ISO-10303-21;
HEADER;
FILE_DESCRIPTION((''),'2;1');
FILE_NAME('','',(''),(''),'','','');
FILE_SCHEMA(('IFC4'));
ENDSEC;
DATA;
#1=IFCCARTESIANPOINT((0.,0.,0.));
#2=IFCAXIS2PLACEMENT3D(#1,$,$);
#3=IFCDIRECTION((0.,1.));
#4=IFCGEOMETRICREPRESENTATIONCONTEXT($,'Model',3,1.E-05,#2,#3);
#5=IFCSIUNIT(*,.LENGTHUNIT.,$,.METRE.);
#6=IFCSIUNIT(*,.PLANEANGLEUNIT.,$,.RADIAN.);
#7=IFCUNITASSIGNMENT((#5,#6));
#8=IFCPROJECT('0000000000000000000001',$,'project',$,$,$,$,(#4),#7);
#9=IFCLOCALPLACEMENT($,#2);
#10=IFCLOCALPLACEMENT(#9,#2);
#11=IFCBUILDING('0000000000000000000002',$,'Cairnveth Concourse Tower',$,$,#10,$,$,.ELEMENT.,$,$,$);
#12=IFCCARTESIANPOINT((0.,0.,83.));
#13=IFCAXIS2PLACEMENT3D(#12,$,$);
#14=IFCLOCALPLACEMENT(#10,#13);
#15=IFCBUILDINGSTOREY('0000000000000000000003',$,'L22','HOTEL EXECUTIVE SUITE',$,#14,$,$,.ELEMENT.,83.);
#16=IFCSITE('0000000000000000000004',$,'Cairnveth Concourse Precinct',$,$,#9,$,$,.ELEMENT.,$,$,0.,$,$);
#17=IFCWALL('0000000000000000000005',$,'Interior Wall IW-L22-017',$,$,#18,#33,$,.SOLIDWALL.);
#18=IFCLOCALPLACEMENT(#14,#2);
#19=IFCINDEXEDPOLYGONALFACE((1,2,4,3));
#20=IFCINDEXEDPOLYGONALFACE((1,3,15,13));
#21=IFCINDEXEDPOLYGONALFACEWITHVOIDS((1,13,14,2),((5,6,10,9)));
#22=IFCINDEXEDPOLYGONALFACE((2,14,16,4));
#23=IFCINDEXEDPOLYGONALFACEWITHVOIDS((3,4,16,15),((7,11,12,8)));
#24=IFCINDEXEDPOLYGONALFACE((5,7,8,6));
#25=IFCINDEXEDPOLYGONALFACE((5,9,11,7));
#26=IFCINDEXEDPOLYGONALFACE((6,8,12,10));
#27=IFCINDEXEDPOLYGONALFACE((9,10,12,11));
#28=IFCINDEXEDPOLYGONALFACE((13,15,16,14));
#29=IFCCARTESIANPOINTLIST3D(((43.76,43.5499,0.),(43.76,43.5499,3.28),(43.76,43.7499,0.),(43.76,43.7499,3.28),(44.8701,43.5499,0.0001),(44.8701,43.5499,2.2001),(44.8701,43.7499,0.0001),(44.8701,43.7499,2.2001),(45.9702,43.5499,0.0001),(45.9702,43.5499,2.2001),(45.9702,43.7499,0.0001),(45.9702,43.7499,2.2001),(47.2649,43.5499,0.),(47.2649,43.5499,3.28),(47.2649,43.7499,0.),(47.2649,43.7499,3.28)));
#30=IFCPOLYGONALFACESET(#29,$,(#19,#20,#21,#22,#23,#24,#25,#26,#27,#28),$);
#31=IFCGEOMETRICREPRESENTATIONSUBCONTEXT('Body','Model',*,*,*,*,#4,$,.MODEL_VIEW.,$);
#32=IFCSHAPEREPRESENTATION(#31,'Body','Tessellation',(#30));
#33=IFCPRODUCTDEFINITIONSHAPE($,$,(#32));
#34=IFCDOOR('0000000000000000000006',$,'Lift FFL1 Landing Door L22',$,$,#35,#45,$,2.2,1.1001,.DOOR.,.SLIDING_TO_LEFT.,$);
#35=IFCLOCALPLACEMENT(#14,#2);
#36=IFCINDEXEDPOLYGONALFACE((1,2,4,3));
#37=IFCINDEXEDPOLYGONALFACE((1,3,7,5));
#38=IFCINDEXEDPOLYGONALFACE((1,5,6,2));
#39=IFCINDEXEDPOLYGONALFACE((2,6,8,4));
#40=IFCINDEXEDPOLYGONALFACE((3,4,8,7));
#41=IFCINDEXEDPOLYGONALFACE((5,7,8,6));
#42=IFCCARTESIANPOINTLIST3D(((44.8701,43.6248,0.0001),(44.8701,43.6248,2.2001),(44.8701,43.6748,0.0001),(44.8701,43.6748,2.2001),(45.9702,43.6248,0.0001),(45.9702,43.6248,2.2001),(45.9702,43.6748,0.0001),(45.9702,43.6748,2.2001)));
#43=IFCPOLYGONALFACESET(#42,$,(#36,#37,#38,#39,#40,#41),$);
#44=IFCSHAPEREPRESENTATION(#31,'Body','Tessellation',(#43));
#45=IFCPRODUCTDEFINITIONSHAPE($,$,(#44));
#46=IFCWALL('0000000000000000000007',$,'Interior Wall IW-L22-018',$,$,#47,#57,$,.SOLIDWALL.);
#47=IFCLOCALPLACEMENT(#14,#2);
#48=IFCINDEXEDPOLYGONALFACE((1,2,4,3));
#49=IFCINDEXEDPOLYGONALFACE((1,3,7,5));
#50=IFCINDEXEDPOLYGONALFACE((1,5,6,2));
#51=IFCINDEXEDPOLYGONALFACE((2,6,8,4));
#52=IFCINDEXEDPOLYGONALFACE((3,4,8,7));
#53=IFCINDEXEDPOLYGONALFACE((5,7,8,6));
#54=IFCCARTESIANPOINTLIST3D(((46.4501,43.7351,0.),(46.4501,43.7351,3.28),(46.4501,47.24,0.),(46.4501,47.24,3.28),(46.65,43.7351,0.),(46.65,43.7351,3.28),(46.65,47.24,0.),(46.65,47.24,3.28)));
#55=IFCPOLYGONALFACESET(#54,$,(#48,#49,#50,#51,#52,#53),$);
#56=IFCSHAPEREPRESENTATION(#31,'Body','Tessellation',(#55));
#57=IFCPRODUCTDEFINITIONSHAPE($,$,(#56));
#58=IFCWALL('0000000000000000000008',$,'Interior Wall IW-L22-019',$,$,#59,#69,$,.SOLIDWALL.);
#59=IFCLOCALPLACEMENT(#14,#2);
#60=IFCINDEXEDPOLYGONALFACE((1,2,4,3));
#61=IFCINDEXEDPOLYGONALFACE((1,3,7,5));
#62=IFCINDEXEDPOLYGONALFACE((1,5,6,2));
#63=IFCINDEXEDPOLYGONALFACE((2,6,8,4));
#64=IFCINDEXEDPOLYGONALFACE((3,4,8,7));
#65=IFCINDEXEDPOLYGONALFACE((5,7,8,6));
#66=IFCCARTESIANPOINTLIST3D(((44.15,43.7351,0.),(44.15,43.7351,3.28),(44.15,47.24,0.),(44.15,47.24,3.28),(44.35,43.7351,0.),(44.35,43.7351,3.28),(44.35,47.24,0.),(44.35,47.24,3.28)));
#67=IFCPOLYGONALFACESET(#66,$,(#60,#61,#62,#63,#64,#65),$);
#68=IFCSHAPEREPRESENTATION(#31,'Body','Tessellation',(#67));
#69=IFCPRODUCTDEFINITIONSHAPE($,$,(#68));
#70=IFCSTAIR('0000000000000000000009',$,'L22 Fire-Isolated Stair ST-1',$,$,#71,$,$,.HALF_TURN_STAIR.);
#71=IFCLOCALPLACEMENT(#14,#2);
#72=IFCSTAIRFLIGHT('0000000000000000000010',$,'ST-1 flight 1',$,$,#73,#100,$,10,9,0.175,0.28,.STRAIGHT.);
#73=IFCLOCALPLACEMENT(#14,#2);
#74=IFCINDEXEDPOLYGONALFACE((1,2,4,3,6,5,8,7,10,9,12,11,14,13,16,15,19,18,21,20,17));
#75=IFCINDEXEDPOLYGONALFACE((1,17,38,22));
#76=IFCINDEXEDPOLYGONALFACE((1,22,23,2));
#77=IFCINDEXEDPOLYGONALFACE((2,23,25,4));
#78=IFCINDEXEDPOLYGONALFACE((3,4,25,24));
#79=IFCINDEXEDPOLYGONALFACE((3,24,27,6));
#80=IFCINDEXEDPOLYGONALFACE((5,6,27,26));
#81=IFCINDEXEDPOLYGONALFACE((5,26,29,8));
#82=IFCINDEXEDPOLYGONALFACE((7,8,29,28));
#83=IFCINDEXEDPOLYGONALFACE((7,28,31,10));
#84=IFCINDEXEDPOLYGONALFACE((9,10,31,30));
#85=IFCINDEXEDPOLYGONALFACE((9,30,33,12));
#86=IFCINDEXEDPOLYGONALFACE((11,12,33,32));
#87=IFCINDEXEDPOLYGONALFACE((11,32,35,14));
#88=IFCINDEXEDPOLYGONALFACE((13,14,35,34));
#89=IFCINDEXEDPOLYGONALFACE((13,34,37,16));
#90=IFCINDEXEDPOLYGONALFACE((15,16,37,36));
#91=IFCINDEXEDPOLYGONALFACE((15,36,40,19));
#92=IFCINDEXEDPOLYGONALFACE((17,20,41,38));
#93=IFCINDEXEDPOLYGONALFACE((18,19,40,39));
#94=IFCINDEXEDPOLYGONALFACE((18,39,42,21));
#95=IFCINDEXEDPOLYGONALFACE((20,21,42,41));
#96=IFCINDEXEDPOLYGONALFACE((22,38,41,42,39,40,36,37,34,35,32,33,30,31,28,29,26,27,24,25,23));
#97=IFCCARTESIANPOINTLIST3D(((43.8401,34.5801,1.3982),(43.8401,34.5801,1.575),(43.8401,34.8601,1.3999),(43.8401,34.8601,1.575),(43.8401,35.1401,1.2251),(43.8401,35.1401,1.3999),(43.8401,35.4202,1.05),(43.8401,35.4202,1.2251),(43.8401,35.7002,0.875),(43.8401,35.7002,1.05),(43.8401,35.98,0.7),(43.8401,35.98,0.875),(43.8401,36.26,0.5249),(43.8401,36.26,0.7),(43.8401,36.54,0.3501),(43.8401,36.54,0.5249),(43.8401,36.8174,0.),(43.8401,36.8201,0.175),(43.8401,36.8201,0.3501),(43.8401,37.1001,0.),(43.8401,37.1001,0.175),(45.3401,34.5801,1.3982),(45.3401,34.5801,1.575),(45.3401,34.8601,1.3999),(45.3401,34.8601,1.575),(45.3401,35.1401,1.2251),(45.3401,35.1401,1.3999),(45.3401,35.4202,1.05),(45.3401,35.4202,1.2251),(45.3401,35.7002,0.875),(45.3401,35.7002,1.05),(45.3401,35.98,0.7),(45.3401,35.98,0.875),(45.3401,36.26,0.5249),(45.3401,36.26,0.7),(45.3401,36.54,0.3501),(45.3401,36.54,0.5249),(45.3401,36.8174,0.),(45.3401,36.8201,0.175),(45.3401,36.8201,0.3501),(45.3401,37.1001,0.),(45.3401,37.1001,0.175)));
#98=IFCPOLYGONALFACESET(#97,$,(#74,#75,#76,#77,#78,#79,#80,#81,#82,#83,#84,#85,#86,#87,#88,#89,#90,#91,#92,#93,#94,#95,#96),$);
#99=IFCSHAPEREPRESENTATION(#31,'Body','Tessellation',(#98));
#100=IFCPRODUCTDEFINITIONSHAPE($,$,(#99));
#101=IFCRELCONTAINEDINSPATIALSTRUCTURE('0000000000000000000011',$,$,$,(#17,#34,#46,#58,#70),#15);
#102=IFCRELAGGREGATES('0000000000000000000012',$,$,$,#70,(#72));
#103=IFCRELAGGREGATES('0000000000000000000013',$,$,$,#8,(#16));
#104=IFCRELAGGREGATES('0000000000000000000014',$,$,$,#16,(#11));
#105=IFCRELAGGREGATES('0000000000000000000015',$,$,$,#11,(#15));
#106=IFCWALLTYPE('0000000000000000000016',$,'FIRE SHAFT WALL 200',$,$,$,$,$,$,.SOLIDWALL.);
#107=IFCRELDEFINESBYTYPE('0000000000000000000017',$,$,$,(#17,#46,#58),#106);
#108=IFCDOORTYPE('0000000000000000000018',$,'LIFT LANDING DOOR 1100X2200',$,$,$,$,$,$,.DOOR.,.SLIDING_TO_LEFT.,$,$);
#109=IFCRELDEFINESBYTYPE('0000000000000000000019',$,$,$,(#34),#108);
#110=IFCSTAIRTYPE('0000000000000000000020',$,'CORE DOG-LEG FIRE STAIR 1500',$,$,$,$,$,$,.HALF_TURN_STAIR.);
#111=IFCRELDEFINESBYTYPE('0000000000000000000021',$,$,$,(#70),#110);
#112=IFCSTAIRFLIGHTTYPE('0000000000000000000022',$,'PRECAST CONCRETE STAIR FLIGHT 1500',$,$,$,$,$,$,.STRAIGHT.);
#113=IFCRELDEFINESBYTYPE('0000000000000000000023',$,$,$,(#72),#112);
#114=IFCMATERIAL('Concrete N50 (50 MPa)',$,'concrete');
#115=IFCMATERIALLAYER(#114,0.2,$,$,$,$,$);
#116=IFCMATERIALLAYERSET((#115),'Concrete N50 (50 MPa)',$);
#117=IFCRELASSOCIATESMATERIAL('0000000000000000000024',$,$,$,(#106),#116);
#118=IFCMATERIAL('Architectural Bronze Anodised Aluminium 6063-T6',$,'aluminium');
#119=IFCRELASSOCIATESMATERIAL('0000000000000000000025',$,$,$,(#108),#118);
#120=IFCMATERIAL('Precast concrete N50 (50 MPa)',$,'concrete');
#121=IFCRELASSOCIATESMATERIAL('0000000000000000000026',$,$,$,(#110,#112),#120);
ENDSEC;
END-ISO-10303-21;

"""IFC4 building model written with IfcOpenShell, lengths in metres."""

from ifc_helpers import new_model, si_unit, direction, frame, frame_2d, origin, place, context, subcontext, project, spatial, polyline, rectangle, outline, extrude, material, layer, layer_set, type_object, element, fill, aggregate, save


model = new_model("IFC4")

# Units and contexts
model_context = context("Model", 3, precision=1e-05, world=origin(), true_north=direction((0.0, 1.0)))
body_context = subcontext(model_context, "Body", "Model", "MODEL_VIEW")
ifc_project = project(units=[si_unit("LENGTHUNIT", "METRE"), si_unit("PLANEANGLEUNIT", "RADIAN")], contexts=[model_context])

# Site, building, storey
site_placement = place(None, origin())
site = spatial("IfcSite", under=ifc_project, at=site_placement, Name="Cairnveth Concourse Precinct", CompositionType="ELEMENT", RefElevation=0.0)
building_placement = place(site_placement, origin())
building = spatial("IfcBuilding", under=site, at=building_placement, Name="Cairnveth Concourse Tower", CompositionType="ELEMENT")
storey_placement = place(building_placement, frame((0.0, 0.0, 83.0)))
storey = spatial("IfcBuildingStorey", under=building, at=storey_placement, Name="L22", Description="HOTEL EXECUTIVE SUITE", CompositionType="ELEMENT", Elevation=83.0)

# Shared definitions
ifc_material_1 = material(Name="Concrete N50 (50 MPa)", Category="concrete")

# Shared definitions
ifc_layer_1 = layer(ifc_material_1, 0.2)
ifc_layer_set_1 = layer_set([ifc_layer_1], Name="Concrete N50 (50 MPa)")
wall_type_1 = type_object("IfcWallType", Name="FIRE SHAFT WALL 200", PredefinedType="SOLIDWALL", material=ifc_layer_set_1)

# Wall, opening, door
wall_1_placement = place(storey_placement, frame((43.76, 43.6499, 0.0), z_axis=(0.0, 0.0, 1.0), x_axis=(1.0, 0.0, 0.0)))
wall_1 = element("IfcWall", 1, at=wall_1_placement, inside=storey, type_object=wall_type_1, Name="Interior Wall IW-L22-017", PredefinedType="SOLIDWALL", context=body_context, shape_type="SweptSolid", body=[
    extrude(rectangle(XDim=3.5049, YDim=0.2, at=frame_2d((1.7524, 0.0))), origin(), (0.0, 0.0, 1.0), 3.28),
])
opening_1_placement = place(wall_1_placement, frame((1.1101, 0.0, 0.0)))
opening_1 = element("IfcOpeningElement", 2, at=opening_1_placement, cuts=wall_1, PredefinedType="OPENING", context=body_context, shape_type="SweptSolid", body=[
    extrude(rectangle(XDim=1.1001, YDim=2.2, at=frame_2d((0.55, 1.1001))), frame((0.0, 0.1099, 0.0), z_axis=(0.0, -1.0, 0.0), x_axis=(1.0, 0.0, 0.0)), (0.0, 0.0, 1.0), 0.22),
])
ifc_material_2 = material(Name="Architectural Bronze Anodised Aluminium 6063-T6", Category="aluminium")
door_type_1 = type_object("IfcDoorType", Name="LIFT LANDING DOOR 1100X2200", OperationType="SLIDING_TO_LEFT", PredefinedType="DOOR", material=ifc_material_2)
door_1_placement = place(opening_1_placement, origin())
door_1 = element("IfcDoor", 3, at=door_1_placement, inside=storey, type_object=door_type_1, Name="Lift FFL1 Landing Door L22", OperationType="SLIDING_TO_LEFT", OverallHeight=2.2, OverallWidth=1.1001, PredefinedType="DOOR", context=body_context, shape_type="SweptSolid", body=[
    extrude(rectangle(XDim=1.1001, YDim=2.2, at=frame_2d((0.55, 1.1001))), frame((0.0, 0.0249, 0.0), z_axis=(0.0, -1.0, 0.0), x_axis=(1.0, 0.0, 0.0)), (0.0, 0.0, 1.0), 0.05),
])
fill(opening_1, door_1)

# Walls
for number, where, z_axis, x_axis, name in (
    (4, (46.55, 43.7351, 0.0), (0.0, 0.0, 1.0), (0.0, 1.0, 0.0), "Interior Wall IW-L22-018"),
    (5, (44.25, 43.7351, 0.0), (0.0, 0.0, 1.0), (0.0, 1.0, 0.0), "Interior Wall IW-L22-019"),
):
    element("IfcWall", number, at=place(storey_placement, frame(where, z_axis=z_axis, x_axis=x_axis)), inside=storey, type_object=wall_type_1, Name=name, PredefinedType="SOLIDWALL", context=body_context, shape_type="SweptSolid", body=[
        extrude(rectangle(XDim=3.5049, YDim=0.2, at=frame_2d((1.7524, 0.0))), origin(), (0.0, 0.0, 1.0), 3.28),
    ])

# Stair, stair flight
ifc_material_3 = material(Name="Precast concrete N50 (50 MPa)", Category="concrete")
stair_type = type_object("IfcStairType", Name="CORE DOG-LEG FIRE STAIR 1500", PredefinedType="HALF_TURN_STAIR", material=ifc_material_3)
stair_placement = place(storey_placement, origin())
stair = element("IfcStair", 6, at=stair_placement, inside=storey, type_object=stair_type, Name="L22 Fire-Isolated Stair ST-1", PredefinedType="HALF_TURN_STAIR")
stair_flight_type = type_object("IfcStairFlightType", Name="PRECAST CONCRETE STAIR FLIGHT 1500", PredefinedType="STRAIGHT", material=ifc_material_3)
stair_flight_placement = place(storey_placement, frame((44.5901, 37.1001, 0.0), z_axis=(0.0, 0.0, 1.0), x_axis=(0.0, -1.0, 0.0)))
stair_flight = element("IfcStairFlight", 7, at=stair_flight_placement, type_object=stair_flight_type, Name="ST-1 flight 1", NumberOfRisers=10, NumberOfTreads=9, PredefinedType="STRAIGHT", RiserHeight=0.175, TreadLength=0.28, context=body_context, shape_type="SweptSolid", body=[
    extrude(outline(polyline([(0.0, 0.0), (0.0, 0.175), (0.28, 0.175), (0.28, 0.3501), (0.5601, 0.3501), (0.5601, 0.5249), (0.8401, 0.5249), (0.8401, 0.7), (1.1201, 0.7), (1.1201, 0.875), (1.3999, 0.875), (1.3999, 1.05), (1.6799, 1.05), (1.6799, 1.2251), (1.96, 1.2251), (1.96, 1.3999), (2.24, 1.3999), (2.24, 1.575), (2.52, 1.575), (2.52, 1.75), (2.52, 1.3982), (0.2827, 0.0), (0.0, 0.0)])), frame((0.0, 0.75, 0.0), z_axis=(0.0, -1.0, 0.0), x_axis=(1.0, 0.0, 0.0)), (0.0, 0.0, 1.0), 1.5),
])
aggregate(stair, [stair_flight])

save(model, "model.ifc")
